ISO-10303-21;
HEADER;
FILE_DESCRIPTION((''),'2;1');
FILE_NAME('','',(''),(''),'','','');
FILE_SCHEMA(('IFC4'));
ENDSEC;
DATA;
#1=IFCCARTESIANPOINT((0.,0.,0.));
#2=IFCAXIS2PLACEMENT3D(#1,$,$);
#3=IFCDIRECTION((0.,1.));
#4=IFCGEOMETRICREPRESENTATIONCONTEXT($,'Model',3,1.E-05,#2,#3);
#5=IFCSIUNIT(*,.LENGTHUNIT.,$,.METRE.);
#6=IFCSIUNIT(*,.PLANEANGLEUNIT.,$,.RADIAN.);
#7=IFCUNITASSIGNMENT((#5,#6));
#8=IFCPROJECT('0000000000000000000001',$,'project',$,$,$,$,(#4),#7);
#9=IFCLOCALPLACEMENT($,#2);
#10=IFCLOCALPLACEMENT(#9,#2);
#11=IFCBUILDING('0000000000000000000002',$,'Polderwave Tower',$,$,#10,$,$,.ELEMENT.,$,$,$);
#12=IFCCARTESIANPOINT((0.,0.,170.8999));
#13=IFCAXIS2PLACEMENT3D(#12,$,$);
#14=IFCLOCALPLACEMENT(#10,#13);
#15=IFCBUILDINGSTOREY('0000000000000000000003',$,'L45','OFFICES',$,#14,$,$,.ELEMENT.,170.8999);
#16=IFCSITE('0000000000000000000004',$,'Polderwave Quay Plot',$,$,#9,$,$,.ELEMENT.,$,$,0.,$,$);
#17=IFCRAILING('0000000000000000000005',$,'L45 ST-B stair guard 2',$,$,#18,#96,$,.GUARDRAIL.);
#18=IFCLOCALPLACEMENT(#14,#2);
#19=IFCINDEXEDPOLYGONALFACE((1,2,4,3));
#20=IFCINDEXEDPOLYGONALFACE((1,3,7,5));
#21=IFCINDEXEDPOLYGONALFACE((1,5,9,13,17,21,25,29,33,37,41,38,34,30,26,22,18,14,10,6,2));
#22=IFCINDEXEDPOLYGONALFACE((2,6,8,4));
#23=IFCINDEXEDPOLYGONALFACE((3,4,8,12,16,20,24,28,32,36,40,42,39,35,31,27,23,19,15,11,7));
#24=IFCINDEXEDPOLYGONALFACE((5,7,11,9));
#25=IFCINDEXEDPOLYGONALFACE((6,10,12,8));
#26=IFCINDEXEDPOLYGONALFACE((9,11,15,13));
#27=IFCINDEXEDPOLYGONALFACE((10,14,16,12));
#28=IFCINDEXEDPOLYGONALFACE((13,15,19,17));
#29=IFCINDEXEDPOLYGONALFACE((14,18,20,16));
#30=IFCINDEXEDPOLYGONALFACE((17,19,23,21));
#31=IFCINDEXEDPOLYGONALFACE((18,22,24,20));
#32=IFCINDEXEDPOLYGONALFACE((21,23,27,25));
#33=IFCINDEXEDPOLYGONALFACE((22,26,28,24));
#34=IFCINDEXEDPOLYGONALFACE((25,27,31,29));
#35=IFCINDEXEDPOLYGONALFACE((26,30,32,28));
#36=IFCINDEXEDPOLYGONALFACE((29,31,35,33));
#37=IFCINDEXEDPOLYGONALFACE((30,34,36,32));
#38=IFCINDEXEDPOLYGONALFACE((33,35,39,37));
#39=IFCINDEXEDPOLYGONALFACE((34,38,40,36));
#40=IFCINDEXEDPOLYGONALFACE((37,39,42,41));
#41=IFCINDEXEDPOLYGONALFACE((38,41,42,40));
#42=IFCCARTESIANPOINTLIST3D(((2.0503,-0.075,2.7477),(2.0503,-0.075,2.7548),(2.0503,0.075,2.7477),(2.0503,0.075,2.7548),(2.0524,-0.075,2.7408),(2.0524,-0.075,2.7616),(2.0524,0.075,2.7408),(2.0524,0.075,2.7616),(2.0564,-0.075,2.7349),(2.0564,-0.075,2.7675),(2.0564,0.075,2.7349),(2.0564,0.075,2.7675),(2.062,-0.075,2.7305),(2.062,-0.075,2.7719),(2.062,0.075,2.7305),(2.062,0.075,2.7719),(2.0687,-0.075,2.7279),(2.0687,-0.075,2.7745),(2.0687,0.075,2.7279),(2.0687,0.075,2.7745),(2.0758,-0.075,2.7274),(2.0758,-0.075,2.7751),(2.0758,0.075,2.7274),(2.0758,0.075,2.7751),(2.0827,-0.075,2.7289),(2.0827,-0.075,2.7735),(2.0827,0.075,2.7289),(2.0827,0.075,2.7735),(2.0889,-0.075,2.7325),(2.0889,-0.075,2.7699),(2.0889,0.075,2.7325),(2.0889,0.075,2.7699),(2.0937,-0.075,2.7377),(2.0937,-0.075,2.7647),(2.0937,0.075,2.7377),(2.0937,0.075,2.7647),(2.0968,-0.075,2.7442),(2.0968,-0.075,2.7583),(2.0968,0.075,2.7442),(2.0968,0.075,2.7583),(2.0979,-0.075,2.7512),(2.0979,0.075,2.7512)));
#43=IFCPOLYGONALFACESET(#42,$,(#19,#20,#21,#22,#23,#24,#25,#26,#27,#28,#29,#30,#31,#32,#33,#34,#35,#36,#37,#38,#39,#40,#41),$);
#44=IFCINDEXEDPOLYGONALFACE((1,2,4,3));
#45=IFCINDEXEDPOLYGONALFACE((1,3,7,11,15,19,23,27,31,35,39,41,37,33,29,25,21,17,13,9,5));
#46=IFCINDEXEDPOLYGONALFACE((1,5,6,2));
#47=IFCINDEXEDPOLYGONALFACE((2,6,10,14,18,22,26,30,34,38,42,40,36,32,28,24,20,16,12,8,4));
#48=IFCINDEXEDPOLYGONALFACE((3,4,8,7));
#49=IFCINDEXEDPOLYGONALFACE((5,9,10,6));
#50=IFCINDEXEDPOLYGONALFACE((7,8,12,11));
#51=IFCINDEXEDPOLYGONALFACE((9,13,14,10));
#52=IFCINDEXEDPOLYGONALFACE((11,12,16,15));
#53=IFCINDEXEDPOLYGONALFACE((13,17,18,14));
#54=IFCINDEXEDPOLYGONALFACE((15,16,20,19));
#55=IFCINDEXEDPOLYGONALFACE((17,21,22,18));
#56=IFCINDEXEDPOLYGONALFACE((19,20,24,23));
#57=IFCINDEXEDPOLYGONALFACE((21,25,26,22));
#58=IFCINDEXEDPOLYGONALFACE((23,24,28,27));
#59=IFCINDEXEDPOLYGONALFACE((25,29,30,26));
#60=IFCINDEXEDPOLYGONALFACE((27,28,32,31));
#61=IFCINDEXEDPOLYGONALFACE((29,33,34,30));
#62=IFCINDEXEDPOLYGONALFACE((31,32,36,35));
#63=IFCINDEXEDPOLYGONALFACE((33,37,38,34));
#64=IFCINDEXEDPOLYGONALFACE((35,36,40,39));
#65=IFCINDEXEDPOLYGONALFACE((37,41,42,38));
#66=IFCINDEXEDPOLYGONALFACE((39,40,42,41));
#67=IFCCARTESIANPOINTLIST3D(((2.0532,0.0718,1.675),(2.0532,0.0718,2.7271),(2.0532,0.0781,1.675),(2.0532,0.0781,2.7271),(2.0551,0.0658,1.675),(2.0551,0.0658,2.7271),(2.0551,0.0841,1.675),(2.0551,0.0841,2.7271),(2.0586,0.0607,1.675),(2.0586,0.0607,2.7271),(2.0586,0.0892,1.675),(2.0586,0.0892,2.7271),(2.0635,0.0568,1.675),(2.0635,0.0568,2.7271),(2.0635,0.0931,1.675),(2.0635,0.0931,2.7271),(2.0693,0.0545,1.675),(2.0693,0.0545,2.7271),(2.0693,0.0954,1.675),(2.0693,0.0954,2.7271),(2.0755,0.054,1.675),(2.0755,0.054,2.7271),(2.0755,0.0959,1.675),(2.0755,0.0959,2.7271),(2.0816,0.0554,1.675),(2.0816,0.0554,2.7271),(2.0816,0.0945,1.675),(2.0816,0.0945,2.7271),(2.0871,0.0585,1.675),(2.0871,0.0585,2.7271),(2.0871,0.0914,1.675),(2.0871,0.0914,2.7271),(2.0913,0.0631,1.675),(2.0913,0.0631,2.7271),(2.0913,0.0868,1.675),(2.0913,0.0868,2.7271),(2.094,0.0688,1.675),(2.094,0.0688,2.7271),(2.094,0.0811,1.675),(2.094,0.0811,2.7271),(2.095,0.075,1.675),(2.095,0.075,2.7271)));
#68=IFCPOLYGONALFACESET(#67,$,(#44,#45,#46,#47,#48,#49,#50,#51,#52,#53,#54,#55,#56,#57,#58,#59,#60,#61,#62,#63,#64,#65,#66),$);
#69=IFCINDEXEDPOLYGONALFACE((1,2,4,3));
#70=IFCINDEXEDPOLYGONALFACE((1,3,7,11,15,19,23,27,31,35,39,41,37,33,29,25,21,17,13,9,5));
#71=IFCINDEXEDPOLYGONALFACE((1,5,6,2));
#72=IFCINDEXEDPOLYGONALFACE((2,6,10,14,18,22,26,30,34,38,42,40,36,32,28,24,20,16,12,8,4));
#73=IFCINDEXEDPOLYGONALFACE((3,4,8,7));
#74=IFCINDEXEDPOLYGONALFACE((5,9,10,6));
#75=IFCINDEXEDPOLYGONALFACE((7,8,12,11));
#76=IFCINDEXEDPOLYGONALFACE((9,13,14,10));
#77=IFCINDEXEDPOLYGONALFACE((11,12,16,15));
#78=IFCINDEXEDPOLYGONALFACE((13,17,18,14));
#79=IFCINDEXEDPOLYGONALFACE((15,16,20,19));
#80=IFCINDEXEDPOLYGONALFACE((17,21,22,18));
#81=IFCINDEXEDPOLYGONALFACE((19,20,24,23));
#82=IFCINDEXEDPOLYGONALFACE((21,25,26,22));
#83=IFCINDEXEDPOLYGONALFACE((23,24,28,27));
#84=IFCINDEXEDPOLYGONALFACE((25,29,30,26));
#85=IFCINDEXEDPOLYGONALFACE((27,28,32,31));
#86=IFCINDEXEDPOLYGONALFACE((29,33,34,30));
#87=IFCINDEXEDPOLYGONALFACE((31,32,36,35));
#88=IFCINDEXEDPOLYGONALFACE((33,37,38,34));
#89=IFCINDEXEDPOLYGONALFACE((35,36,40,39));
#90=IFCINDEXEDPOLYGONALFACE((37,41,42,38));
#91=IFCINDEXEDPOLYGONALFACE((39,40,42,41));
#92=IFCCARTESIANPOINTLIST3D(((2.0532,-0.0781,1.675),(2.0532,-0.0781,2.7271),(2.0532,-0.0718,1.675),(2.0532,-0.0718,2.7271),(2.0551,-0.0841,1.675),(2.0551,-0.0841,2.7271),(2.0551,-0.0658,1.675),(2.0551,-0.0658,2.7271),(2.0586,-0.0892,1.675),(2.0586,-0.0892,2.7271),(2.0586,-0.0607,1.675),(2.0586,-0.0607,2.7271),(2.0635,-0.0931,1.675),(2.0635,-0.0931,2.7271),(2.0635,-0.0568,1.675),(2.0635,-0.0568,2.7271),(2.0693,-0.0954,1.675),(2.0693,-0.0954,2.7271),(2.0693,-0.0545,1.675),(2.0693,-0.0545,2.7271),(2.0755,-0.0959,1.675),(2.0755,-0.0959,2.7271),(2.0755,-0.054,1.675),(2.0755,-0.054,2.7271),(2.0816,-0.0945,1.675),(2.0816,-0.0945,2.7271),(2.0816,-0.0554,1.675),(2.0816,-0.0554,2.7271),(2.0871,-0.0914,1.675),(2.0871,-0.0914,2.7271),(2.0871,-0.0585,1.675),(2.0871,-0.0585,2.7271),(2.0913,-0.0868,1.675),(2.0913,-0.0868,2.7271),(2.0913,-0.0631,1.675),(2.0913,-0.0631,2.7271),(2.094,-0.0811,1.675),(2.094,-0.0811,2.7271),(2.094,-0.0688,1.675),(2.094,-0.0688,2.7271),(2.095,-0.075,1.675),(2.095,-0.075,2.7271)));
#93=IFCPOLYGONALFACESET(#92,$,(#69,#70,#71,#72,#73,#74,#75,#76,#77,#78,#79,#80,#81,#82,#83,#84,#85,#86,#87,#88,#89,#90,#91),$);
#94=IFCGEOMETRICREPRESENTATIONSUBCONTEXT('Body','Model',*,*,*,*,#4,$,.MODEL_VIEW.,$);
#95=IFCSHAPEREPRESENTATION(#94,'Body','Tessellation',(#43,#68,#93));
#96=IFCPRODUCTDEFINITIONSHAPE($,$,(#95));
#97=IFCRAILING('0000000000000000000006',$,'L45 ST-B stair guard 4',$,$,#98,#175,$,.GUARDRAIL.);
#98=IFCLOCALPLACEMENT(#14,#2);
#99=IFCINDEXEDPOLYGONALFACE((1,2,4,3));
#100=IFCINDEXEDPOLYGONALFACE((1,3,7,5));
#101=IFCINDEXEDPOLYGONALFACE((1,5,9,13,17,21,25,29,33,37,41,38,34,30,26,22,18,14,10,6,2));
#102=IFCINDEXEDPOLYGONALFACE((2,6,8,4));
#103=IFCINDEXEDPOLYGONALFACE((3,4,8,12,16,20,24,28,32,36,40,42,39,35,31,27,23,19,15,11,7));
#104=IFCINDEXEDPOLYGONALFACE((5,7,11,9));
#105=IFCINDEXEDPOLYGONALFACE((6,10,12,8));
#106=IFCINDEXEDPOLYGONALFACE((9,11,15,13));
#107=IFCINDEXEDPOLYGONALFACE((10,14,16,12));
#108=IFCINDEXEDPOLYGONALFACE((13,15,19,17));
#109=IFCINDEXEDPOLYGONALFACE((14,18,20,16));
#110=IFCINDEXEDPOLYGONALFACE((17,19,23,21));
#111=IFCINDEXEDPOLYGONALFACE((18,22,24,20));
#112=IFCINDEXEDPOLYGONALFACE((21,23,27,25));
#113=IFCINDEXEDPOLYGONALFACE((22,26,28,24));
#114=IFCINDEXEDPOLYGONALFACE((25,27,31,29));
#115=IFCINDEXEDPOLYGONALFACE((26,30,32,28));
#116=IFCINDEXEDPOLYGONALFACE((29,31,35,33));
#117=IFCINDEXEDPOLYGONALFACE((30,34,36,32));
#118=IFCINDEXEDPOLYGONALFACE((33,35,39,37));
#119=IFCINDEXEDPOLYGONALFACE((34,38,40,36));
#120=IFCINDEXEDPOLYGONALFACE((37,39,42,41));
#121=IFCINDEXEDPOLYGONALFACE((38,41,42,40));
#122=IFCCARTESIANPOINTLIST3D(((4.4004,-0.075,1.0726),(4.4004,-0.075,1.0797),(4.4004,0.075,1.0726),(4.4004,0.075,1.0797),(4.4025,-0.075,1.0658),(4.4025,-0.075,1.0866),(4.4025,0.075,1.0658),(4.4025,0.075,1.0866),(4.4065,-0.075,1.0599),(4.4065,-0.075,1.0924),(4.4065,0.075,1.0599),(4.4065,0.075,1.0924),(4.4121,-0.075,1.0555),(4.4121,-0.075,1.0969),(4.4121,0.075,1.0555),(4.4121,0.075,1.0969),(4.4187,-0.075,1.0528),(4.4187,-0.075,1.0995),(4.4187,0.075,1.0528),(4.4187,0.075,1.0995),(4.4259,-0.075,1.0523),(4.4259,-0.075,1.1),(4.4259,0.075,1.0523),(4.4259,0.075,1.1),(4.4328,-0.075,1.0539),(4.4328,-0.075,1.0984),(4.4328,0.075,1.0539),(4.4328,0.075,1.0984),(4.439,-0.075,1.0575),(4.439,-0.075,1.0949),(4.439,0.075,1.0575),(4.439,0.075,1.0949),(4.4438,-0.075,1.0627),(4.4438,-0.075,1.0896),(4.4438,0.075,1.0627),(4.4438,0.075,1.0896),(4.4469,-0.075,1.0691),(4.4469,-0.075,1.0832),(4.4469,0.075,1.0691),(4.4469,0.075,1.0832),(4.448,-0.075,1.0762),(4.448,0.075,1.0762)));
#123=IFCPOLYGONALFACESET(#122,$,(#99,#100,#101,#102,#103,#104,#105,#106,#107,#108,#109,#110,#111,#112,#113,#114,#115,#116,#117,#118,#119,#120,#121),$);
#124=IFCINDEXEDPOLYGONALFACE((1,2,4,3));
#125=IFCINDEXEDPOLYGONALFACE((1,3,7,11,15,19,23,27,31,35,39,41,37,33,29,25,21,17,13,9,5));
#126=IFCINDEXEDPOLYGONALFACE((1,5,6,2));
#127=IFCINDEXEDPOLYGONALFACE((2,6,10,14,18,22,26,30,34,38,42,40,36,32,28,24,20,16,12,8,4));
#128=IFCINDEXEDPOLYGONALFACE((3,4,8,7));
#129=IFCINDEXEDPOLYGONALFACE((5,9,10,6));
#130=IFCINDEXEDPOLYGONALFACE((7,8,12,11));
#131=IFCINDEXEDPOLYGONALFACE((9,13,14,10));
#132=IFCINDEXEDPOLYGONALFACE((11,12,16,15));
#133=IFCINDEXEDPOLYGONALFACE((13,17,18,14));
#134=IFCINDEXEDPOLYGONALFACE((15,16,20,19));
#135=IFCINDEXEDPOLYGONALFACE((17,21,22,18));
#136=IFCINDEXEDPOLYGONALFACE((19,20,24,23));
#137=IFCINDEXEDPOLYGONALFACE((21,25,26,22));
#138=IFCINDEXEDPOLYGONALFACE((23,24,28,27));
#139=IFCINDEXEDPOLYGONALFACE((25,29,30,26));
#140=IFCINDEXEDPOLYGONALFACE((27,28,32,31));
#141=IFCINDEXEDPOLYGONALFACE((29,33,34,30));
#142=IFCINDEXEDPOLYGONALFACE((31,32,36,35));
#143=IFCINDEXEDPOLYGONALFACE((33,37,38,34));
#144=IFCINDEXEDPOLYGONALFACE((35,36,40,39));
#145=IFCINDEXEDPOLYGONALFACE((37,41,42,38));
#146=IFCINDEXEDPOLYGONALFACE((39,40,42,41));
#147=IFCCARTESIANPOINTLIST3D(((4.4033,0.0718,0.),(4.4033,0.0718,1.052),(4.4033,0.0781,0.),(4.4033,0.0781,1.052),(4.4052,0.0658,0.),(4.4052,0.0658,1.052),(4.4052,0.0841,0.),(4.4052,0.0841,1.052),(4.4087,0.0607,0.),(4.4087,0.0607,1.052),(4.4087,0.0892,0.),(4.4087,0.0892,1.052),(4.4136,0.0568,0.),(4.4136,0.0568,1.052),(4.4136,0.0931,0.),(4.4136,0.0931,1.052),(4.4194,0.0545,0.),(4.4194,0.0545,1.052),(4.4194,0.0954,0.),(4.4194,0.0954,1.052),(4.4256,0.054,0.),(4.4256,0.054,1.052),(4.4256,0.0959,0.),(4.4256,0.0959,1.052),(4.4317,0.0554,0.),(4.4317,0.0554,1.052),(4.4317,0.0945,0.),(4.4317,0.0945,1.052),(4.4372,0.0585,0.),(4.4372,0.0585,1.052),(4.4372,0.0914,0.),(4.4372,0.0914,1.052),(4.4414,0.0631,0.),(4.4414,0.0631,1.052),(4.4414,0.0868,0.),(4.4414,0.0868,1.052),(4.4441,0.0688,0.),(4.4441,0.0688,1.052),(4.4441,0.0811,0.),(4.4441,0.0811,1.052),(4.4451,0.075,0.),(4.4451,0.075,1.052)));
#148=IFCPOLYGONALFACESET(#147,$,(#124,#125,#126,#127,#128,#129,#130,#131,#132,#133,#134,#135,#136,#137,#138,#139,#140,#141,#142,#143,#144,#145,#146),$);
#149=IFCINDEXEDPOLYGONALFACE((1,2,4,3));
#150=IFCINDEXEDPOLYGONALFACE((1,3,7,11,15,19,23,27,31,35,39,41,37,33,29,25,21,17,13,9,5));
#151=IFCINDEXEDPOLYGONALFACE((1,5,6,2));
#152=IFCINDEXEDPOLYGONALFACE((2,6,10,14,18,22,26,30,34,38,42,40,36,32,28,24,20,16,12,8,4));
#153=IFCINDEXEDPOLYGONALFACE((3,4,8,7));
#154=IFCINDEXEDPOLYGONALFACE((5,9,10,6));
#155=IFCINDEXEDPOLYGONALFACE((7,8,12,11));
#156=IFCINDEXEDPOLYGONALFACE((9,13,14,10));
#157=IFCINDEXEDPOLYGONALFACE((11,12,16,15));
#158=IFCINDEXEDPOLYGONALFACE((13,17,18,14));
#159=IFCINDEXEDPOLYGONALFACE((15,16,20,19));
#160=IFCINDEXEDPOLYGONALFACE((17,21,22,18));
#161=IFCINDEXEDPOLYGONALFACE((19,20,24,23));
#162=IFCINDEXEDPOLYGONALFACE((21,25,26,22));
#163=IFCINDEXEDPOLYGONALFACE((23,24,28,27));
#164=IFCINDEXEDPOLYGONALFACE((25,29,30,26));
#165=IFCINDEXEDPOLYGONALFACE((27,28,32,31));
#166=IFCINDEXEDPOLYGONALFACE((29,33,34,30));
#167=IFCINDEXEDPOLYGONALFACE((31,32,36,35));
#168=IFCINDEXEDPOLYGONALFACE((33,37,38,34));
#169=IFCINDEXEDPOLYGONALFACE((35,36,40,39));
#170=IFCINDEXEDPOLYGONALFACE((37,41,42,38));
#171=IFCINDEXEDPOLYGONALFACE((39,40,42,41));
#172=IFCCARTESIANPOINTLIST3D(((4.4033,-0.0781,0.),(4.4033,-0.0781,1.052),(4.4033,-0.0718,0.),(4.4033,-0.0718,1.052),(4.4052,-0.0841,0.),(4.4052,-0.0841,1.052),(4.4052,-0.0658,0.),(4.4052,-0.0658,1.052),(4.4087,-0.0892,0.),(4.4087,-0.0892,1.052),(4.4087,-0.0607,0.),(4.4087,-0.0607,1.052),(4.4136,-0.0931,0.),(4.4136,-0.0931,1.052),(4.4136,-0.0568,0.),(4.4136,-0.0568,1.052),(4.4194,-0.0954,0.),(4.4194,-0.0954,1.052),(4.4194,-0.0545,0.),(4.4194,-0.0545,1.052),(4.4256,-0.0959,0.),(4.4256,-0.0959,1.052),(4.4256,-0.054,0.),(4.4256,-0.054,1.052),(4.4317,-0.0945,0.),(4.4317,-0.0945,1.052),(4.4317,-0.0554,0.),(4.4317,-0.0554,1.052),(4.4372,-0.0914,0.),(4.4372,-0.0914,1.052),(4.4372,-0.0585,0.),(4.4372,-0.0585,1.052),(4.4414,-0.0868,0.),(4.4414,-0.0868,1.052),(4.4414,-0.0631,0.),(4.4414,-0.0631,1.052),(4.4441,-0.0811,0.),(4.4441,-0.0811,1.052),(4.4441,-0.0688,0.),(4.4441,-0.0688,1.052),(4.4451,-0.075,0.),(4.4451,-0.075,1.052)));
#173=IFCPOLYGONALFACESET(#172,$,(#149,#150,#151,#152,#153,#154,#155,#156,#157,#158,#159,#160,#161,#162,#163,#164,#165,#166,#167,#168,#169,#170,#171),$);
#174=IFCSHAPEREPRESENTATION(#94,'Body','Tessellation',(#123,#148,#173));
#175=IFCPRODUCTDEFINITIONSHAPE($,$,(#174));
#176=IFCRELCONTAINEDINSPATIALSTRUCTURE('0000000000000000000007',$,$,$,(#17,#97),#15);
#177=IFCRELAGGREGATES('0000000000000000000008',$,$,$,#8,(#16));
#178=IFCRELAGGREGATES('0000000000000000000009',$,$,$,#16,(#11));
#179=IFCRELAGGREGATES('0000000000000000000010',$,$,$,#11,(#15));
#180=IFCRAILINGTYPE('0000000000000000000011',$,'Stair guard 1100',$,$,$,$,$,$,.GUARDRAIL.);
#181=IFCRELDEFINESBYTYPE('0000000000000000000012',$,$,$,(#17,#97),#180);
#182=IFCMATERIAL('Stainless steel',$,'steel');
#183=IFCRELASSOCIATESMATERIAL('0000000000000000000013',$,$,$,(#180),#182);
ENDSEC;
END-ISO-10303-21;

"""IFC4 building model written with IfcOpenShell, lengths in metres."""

from ifc_helpers import new_model, si_unit, direction, frame, origin, origin_2d, place, context, subcontext, project, spatial, circle, extrude, material, type_object, element, save


model = new_model("IFC4")

# Units and contexts
model_context = context("Model", 3, precision=1e-05, world=origin(), true_north=direction((0.0, 1.0)))
body_context = subcontext(model_context, "Body", "Model", "MODEL_VIEW")
ifc_project = project(units=[si_unit("LENGTHUNIT", "METRE"), si_unit("PLANEANGLEUNIT", "RADIAN")], contexts=[model_context])

# Site, building, storey
site_placement = place(None, origin())
site = spatial("IfcSite", under=ifc_project, at=site_placement, Name="Polderwave Quay Plot", CompositionType="ELEMENT", RefElevation=0.0)
building_placement = place(site_placement, origin())
building = spatial("IfcBuilding", under=site, at=building_placement, Name="Polderwave Tower", CompositionType="ELEMENT")
storey_placement = place(building_placement, frame((0.0, 0.0, 170.8999)))
storey = spatial("IfcBuildingStorey", under=building, at=storey_placement, Name="L45", Description="OFFICES", CompositionType="ELEMENT", Elevation=170.8999)

# Railings
ifc_material_1 = material(Name="Stainless steel", Category="steel")
railing_type_1 = type_object("IfcRailingType", Name="Stair guard 1100", PredefinedType="GUARDRAIL", material=ifc_material_1)
for number, where, name in (
    (1, (2.074, 0.075, 1.675), "L45 ST-B stair guard 2"),
    (2, (4.4241, 0.075, 0.0), "L45 ST-B stair guard 4"),
):
    element("IfcRailing", number, at=place(storey_placement, frame(where)), inside=storey, type_object=railing_type_1, Name=name, PredefinedType="GUARDRAIL", context=body_context, shape_type="SweptSolid", body=[
        extrude(circle(Radius=0.0239, at=origin_2d()), frame((0.0, 0.0, 1.0762), z_axis=(0.0, -1.0, 0.0), x_axis=(1.0, 0.0, 0.0)), (0.0, 0.0, 1.0), 0.1499),
        extrude(circle(Radius=0.021, at=origin_2d()), origin(), (0.0, 0.0, 1.0), 1.052),
        extrude(circle(Radius=0.021, at=origin_2d()), frame((0.0, -0.1499, 0.0)), (0.0, 0.0, 1.0), 1.052),
    ])

save(model, "model.ifc")
